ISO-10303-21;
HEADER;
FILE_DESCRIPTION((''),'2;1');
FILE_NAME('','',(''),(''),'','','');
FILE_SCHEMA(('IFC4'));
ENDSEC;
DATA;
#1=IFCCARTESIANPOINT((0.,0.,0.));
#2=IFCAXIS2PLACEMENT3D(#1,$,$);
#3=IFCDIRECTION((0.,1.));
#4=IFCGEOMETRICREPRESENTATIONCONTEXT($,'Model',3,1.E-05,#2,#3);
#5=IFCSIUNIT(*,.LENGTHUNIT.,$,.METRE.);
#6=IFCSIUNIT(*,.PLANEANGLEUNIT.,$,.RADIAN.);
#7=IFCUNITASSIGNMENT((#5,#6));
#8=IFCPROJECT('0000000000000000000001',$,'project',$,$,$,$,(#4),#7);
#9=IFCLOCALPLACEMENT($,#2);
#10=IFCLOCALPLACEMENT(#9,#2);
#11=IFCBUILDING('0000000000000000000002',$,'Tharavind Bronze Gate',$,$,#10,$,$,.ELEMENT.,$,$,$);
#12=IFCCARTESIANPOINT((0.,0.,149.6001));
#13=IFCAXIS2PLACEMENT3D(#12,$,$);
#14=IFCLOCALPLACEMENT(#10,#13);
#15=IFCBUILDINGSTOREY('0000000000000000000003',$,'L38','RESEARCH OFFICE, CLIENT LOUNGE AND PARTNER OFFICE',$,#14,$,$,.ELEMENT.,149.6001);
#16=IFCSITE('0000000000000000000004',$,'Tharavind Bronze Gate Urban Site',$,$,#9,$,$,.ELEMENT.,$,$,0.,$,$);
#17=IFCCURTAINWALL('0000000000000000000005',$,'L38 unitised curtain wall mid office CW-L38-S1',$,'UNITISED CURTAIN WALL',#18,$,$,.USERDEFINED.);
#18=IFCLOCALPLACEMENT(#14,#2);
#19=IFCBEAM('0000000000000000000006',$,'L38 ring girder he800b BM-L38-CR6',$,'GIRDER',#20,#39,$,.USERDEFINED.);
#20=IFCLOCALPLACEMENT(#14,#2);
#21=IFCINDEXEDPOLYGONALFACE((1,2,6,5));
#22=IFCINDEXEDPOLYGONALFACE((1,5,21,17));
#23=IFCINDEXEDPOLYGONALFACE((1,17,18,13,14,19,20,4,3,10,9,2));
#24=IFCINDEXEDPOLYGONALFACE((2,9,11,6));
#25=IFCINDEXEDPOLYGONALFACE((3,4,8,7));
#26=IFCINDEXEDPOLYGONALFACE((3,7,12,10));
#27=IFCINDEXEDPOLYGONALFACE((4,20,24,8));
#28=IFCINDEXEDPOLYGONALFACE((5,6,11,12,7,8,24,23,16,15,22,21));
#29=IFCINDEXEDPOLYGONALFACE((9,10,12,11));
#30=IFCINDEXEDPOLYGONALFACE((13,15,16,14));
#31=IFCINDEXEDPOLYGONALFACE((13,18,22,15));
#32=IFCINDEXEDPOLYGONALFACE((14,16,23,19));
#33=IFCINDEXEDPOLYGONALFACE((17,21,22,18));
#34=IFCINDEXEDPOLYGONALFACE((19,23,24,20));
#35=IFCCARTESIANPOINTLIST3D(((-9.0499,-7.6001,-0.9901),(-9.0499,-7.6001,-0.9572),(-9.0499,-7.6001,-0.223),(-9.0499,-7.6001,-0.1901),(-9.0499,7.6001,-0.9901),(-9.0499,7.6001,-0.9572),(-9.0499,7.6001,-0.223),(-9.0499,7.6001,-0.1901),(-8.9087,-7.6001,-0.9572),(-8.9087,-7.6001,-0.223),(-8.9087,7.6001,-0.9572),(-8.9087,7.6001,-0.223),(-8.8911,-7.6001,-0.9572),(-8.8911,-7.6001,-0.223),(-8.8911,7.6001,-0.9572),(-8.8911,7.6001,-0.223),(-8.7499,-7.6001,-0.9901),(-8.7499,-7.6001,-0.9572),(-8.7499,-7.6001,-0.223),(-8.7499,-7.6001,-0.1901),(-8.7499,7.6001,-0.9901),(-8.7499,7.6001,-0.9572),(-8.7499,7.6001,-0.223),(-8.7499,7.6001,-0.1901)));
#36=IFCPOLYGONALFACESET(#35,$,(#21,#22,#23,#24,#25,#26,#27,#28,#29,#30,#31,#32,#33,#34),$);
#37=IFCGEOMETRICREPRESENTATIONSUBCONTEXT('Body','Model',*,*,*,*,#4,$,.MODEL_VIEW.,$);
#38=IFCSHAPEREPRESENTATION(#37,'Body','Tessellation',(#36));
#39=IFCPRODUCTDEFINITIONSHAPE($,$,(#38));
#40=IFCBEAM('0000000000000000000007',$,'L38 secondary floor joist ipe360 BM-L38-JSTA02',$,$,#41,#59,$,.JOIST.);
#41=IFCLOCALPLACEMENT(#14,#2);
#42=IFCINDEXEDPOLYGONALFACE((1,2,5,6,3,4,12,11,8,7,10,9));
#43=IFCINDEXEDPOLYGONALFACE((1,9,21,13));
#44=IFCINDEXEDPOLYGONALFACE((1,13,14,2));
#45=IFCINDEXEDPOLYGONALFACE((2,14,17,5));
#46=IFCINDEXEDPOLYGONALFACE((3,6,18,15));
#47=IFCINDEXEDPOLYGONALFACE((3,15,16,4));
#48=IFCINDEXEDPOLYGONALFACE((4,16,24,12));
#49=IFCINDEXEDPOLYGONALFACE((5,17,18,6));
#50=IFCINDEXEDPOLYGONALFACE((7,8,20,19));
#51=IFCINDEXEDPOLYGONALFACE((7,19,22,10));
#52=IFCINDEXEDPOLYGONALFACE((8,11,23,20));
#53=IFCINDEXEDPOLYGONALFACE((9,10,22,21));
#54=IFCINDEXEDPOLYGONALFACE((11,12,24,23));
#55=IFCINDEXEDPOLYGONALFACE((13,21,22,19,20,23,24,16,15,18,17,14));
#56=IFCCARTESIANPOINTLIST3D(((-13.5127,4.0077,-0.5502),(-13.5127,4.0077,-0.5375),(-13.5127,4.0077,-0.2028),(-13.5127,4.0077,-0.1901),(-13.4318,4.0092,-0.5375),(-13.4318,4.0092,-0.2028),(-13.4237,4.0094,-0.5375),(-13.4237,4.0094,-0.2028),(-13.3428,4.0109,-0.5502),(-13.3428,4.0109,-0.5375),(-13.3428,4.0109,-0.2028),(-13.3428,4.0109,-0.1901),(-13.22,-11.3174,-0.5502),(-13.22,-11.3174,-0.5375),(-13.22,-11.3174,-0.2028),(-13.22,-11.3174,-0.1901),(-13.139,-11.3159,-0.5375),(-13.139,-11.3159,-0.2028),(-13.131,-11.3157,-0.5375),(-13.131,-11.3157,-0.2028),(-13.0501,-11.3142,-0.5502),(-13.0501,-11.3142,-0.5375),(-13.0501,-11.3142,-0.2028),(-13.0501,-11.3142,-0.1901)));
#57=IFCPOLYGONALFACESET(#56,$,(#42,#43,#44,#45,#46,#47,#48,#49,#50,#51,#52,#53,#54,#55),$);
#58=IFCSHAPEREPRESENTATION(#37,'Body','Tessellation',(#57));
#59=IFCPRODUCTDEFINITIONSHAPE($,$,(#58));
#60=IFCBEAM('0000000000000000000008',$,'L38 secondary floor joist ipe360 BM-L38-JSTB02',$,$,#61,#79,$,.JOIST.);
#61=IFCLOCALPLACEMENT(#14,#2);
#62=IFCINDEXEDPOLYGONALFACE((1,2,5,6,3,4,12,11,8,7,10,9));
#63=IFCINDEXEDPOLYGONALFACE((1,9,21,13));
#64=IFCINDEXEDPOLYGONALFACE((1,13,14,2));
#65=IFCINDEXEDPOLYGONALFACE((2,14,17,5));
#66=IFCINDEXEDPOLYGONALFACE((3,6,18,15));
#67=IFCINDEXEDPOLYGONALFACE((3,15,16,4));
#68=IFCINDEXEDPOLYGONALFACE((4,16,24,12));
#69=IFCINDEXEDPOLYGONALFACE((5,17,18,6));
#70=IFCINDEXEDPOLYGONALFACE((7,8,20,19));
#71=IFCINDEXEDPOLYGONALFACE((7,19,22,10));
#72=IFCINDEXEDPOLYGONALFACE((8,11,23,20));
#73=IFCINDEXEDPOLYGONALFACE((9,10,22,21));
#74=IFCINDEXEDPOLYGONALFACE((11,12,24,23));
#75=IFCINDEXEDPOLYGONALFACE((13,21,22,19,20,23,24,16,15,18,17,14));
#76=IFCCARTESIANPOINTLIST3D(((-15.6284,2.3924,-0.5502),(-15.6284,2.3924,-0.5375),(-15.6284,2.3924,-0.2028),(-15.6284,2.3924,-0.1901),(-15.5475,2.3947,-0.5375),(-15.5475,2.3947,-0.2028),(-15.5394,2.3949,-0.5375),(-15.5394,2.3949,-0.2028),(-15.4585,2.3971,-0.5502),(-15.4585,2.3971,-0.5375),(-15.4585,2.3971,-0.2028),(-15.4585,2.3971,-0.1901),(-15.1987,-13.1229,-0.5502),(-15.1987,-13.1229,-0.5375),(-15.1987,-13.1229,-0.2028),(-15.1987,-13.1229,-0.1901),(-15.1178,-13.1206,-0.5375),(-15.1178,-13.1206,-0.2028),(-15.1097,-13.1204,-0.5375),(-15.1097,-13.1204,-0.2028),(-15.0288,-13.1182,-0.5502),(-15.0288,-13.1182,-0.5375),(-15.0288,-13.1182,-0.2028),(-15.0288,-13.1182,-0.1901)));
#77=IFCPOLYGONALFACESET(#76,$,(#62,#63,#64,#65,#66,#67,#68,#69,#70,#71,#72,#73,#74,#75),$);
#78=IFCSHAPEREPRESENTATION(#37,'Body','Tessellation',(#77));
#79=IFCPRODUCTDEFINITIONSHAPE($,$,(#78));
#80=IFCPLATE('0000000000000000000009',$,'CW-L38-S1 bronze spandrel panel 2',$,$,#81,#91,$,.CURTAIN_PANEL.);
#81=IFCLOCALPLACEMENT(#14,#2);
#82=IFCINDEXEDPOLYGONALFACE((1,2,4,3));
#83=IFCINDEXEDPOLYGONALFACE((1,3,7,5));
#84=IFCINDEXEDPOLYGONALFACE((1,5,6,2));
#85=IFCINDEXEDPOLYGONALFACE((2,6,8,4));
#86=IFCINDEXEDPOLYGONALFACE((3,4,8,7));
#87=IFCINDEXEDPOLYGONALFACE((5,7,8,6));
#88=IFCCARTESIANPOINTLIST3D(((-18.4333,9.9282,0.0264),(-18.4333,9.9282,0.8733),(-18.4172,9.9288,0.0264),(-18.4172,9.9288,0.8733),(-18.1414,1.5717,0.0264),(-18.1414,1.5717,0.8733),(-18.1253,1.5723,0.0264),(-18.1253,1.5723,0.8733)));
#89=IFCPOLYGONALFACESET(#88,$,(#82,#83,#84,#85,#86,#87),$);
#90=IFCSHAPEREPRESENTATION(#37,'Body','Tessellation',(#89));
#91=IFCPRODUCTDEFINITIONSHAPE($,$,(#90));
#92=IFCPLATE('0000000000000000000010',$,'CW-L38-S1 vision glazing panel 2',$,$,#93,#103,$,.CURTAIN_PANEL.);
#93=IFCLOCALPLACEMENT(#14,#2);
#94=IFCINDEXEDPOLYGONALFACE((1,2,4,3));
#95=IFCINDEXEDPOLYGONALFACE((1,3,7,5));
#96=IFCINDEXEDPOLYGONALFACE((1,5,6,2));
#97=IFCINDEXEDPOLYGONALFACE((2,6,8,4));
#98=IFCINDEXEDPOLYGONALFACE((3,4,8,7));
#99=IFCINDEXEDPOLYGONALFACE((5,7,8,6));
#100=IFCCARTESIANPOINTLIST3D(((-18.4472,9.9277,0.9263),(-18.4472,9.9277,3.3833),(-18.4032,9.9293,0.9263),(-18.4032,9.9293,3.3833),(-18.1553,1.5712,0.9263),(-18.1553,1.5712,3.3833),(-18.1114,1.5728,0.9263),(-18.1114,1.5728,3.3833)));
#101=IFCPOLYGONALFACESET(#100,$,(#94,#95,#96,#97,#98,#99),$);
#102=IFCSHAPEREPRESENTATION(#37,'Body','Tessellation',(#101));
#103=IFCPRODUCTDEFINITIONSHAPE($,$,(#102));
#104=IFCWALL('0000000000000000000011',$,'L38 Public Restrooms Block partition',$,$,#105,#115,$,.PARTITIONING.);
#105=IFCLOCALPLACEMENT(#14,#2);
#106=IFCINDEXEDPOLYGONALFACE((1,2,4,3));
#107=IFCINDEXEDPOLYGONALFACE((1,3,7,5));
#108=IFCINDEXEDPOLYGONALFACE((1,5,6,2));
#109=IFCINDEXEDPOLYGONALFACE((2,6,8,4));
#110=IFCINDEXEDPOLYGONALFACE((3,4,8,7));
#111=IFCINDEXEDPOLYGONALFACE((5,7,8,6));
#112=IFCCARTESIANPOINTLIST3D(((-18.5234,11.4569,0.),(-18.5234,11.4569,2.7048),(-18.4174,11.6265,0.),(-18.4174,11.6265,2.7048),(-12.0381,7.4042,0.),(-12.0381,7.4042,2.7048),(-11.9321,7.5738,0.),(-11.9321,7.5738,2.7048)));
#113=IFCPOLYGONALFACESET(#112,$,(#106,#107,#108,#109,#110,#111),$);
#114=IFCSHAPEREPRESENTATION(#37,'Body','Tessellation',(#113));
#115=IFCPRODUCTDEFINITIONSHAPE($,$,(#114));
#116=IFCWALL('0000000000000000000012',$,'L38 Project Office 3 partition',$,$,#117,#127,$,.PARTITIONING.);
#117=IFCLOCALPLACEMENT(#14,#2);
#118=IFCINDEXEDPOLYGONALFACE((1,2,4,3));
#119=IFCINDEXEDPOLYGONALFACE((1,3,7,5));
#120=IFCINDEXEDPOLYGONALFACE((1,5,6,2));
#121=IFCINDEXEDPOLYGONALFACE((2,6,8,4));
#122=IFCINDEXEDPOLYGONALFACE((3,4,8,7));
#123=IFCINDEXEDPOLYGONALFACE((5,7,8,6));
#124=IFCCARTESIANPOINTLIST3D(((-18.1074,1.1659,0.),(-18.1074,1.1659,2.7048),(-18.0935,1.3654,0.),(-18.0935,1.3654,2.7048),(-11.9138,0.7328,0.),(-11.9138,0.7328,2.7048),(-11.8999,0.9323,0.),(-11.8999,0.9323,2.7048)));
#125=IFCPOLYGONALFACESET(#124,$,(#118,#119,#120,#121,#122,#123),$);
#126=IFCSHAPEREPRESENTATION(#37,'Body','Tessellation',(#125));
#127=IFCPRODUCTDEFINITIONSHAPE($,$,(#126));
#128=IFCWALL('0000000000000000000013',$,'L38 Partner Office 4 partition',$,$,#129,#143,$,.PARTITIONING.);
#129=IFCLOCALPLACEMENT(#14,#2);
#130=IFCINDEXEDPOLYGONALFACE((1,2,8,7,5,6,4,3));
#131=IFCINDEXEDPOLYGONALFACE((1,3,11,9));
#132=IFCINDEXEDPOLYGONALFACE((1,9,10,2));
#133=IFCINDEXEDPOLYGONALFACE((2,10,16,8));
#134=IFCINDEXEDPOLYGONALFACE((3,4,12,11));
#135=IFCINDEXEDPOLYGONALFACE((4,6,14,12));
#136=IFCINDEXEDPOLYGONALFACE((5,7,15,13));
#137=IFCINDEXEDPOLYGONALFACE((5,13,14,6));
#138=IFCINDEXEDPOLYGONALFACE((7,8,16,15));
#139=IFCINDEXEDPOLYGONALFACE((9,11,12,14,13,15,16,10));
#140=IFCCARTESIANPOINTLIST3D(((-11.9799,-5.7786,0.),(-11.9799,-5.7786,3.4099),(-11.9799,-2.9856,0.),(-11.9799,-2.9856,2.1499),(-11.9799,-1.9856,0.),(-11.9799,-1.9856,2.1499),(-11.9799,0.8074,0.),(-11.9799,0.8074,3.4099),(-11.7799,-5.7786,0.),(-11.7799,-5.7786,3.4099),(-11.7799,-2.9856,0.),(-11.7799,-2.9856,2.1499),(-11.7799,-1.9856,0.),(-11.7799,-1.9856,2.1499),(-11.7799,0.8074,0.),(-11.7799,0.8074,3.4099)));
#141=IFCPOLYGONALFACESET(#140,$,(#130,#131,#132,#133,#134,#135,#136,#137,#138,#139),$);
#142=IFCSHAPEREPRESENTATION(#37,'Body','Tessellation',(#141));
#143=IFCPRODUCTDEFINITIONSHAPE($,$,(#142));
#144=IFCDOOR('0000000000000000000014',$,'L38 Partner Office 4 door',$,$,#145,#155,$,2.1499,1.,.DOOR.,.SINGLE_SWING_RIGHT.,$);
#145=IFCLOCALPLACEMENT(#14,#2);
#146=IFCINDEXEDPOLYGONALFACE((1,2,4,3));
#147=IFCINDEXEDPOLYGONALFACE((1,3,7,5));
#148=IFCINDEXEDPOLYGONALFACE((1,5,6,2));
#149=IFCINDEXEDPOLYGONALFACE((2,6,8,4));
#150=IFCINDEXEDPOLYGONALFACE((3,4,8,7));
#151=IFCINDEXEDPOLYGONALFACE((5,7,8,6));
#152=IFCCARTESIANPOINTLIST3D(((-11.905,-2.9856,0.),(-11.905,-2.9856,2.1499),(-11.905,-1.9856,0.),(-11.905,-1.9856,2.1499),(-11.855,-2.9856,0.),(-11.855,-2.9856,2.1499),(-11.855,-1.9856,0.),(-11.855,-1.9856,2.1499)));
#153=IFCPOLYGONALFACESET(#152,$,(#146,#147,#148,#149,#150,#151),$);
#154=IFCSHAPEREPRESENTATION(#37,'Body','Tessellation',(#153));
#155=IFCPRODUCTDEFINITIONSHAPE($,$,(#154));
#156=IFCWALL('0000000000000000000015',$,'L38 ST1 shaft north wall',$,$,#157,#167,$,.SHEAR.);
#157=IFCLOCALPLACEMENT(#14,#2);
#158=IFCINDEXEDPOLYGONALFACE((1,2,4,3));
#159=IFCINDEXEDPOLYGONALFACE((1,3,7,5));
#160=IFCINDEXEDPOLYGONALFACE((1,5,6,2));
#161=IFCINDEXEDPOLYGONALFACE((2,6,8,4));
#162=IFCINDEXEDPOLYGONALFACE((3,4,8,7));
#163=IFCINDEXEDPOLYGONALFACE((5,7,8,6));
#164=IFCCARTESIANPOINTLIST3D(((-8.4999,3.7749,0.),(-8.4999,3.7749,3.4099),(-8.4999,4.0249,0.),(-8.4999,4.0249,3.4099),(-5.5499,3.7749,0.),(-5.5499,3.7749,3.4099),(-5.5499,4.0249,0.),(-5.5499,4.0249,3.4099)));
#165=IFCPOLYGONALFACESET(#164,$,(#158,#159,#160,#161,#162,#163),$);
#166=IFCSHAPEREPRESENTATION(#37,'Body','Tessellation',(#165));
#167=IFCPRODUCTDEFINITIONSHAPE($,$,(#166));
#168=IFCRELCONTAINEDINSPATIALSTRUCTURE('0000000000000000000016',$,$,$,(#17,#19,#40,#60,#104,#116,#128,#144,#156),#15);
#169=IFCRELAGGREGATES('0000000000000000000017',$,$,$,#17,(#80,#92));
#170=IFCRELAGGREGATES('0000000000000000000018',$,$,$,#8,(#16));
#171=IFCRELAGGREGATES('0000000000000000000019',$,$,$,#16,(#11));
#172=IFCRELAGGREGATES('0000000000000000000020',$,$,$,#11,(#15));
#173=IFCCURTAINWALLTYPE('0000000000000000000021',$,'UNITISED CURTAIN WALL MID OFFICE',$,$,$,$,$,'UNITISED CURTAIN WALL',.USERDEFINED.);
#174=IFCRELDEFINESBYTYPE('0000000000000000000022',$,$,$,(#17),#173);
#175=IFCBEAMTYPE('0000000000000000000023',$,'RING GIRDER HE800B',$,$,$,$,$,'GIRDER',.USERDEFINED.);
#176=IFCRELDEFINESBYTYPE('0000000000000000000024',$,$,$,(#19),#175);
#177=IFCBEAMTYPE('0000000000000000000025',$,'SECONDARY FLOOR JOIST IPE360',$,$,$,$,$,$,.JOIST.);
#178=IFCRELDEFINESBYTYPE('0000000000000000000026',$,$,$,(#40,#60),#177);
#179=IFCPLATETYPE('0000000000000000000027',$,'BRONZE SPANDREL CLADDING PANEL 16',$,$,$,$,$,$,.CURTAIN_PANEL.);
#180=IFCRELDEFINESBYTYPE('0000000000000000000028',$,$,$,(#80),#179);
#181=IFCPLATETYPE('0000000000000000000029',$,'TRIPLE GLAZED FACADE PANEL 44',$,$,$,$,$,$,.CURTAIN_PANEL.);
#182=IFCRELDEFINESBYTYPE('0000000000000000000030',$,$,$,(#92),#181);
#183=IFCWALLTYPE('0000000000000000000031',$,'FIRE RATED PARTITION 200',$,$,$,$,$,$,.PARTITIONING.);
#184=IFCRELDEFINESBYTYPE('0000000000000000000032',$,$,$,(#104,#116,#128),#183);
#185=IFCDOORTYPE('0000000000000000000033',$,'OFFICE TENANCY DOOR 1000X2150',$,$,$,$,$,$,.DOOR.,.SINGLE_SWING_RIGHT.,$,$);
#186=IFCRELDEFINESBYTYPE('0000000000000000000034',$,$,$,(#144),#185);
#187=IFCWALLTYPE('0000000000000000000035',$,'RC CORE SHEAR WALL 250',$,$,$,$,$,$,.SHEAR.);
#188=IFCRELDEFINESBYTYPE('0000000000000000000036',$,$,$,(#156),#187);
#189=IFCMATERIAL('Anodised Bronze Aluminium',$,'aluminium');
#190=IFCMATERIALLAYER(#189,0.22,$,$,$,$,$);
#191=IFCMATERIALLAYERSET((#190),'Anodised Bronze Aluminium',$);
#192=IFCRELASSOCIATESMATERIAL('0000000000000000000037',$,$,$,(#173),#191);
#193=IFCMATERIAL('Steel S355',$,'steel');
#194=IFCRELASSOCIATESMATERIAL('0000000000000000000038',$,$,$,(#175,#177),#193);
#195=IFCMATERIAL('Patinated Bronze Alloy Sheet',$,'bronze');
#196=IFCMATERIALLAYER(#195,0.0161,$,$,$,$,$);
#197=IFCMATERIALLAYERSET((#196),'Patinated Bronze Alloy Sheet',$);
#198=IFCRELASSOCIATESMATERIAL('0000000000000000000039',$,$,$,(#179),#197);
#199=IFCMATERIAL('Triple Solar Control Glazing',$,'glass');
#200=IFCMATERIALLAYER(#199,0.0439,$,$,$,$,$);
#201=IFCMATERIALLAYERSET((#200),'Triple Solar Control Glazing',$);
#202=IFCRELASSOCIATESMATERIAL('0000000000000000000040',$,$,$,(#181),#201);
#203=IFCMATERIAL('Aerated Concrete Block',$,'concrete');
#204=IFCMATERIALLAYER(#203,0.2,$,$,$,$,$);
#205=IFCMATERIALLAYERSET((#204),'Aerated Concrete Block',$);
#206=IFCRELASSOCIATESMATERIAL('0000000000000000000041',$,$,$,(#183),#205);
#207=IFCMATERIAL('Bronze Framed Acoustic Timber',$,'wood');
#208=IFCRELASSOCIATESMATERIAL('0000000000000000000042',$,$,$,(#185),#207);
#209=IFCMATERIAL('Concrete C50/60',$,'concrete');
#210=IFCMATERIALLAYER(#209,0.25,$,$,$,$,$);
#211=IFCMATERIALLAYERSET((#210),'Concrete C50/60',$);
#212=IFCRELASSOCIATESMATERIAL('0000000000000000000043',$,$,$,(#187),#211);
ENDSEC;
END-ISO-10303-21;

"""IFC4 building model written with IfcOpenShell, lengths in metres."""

from ifc_helpers import new_model, si_unit, direction, frame, frame_2d, origin, origin_2d, place, context, subcontext, project, spatial, rectangle, i_section, extrude, material, layer, layer_set, material_profile, profile_set, type_object, element, fill, aggregate, save


model = new_model("IFC4")

# Units and contexts
model_context = context("Model", 3, precision=1e-05, world=origin(), true_north=direction((0.0, 1.0)))
body_context = subcontext(model_context, "Body", "Model", "MODEL_VIEW")
ifc_project = project(units=[si_unit("LENGTHUNIT", "METRE"), si_unit("PLANEANGLEUNIT", "RADIAN")], contexts=[model_context])

# Site, building, storey
site_placement = place(None, origin())
site = spatial("IfcSite", under=ifc_project, at=site_placement, Name="Tharavind Bronze Gate Urban Site", CompositionType="ELEMENT", RefElevation=0.0)
building_placement = place(site_placement, origin())
building = spatial("IfcBuilding", under=site, at=building_placement, Name="Tharavind Bronze Gate", CompositionType="ELEMENT")
storey_placement = place(building_placement, frame((0.0, 0.0, 149.6001)))
storey = spatial("IfcBuildingStorey", under=building, at=storey_placement, Name="L38", Description="RESEARCH OFFICE, CLIENT LOUNGE AND PARTNER OFFICE", CompositionType="ELEMENT", Elevation=149.6001)

# Curtain wall
ifc_material_1 = material(Name="Anodised Bronze Aluminium", Category="aluminium")
ifc_layer_1 = layer(ifc_material_1, 0.22)
ifc_layer_set_1 = layer_set([ifc_layer_1], Name="Anodised Bronze Aluminium")
curtain_wall_type = type_object("IfcCurtainWallType", Name="UNITISED CURTAIN WALL MID OFFICE", ElementType="UNITISED CURTAIN WALL", PredefinedType="USERDEFINED", material=ifc_layer_set_1)
curtain_wall_placement = place(storey_placement, origin())
curtain_wall = element("IfcCurtainWall", 1, at=curtain_wall_placement, inside=storey, type_object=curtain_wall_type, Name="L38 unitised curtain wall mid office CW-L38-S1", ObjectType="UNITISED CURTAIN WALL", PredefinedType="USERDEFINED")

# Beams
ifc_material_2 = material(Name="Steel S355", Category="steel")
ifc_material_profile_1 = material_profile(ifc_material_2, i_section(OverallWidth=0.3, OverallDepth=0.8, WebThickness=0.0176, FlangeThickness=0.033, at=origin_2d()), Name="HE800B")
ifc_profile_set_1 = profile_set([ifc_material_profile_1], Name="Steel S355")
beam_type_1 = type_object("IfcBeamType", Name="RING GIRDER HE800B", ElementType="GIRDER", PredefinedType="USERDEFINED", material=ifc_profile_set_1)
beam_1_placement = place(storey_placement, frame((-8.8999, 7.6001, -0.5901), z_axis=(0.0, -1.0, 0.0), x_axis=(1.0, 0.0, 0.0)))
element("IfcBeam", 2, at=beam_1_placement, inside=storey, type_object=beam_type_1, Name="L38 ring girder he800b BM-L38-CR6", ObjectType="GIRDER", PredefinedType="USERDEFINED", context=body_context, shape_type="SweptSolid", body=[
    extrude(i_section(OverallWidth=0.3, OverallDepth=0.8, WebThickness=0.0176, FlangeThickness=0.033, at=origin_2d()), origin(), (0.0, 0.0, 1.0), 15.2002),
])
ifc_material_profile_2 = material_profile(ifc_material_2, i_section(OverallWidth=0.1699, OverallDepth=0.3601, WebThickness=0.0081, FlangeThickness=0.0127, at=origin_2d()), Name="IPE360")
ifc_profile_set_2 = profile_set([ifc_material_profile_2], Name="Steel S355")
beam_type_2 = type_object("IfcBeamType", Name="SECONDARY FLOOR JOIST IPE360", PredefinedType="JOIST", material=ifc_profile_set_2)
beam_2_placement = place(storey_placement, frame((-13.4277, 4.0093, -0.3701), z_axis=(0.019097, -0.999818, 0.0), x_axis=(0.999818, 0.019097, 0.0)))
element("IfcBeam", 3, at=beam_2_placement, inside=storey, type_object=beam_type_2, Name="L38 secondary floor joist ipe360 BM-L38-JSTA02", PredefinedType="JOIST", context=body_context, shape_type="SweptSolid", body=[
    extrude(i_section(OverallWidth=0.1699, OverallDepth=0.3601, WebThickness=0.0081, FlangeThickness=0.0127, at=origin_2d()), origin(), (0.0, 0.0, 1.0), 15.3279),
])
beam_3_placement = place(storey_placement, frame((-15.5435, 2.3948, -0.3701), z_axis=(0.027684, -0.999617, 0.0), x_axis=(0.999617, 0.027684, 0.0)))
element("IfcBeam", 4, at=beam_3_placement, inside=storey, type_object=beam_type_2, Name="L38 secondary floor joist ipe360 BM-L38-JSTB02", PredefinedType="JOIST", context=body_context, shape_type="SweptSolid", body=[
    extrude(i_section(OverallWidth=0.1699, OverallDepth=0.3601, WebThickness=0.0081, FlangeThickness=0.0127, at=origin_2d()), origin(), (0.0, 0.0, 1.0), 15.5212),
])

# Plates
ifc_material_3 = material(Name="Patinated Bronze Alloy Sheet", Category="bronze")
ifc_layer_2 = layer(ifc_material_3, 0.0161)
ifc_layer_set_2 = layer_set([ifc_layer_2], Name="Patinated Bronze Alloy Sheet")
plate_type_1 = type_object("IfcPlateType", Name="BRONZE SPANDREL CLADDING PANEL 16", PredefinedType="CURTAIN_PANEL", material=ifc_layer_set_2)
plate_1_placement = place(storey_placement, frame((-18.2793, 5.7502, 0.0264), z_axis=(0.0, 0.0, 1.0), x_axis=(0.034899, -0.999391, 0.0)))
plate_1 = element("IfcPlate", 5, at=plate_1_placement, type_object=plate_type_1, Name="CW-L38-S1 bronze spandrel panel 2", PredefinedType="CURTAIN_PANEL", context=body_context, shape_type="SweptSolid", body=[
    extrude(rectangle(XDim=8.3616, YDim=0.0161, at=origin_2d()), origin(), (0.0, 0.0, 1.0), 0.8469),
])
ifc_material_4 = material(Name="Triple Solar Control Glazing", Category="glass")
ifc_layer_3 = layer(ifc_material_4, 0.0439)
ifc_layer_set_3 = layer_set([ifc_layer_3], Name="Triple Solar Control Glazing")
plate_type_2 = type_object("IfcPlateType", Name="TRIPLE GLAZED FACADE PANEL 44", PredefinedType="CURTAIN_PANEL", material=ifc_layer_set_3)
plate_2_placement = place(storey_placement, frame((-18.2793, 5.7502, 0.9263), z_axis=(0.0, 0.0, 1.0), x_axis=(0.034899, -0.999391, 0.0)))
plate_2 = element("IfcPlate", 6, at=plate_2_placement, type_object=plate_type_2, Name="CW-L38-S1 vision glazing panel 2", PredefinedType="CURTAIN_PANEL", context=body_context, shape_type="SweptSolid", body=[
    extrude(rectangle(XDim=8.3616, YDim=0.0439, at=origin_2d()), origin(), (0.0, 0.0, 1.0), 2.457),
])
aggregate(curtain_wall, [plate_1, plate_2])

# Wall
ifc_material_5 = material(Name="Aerated Concrete Block", Category="concrete")
ifc_layer_4 = layer(ifc_material_5, 0.2)
ifc_layer_set_4 = layer_set([ifc_layer_4], Name="Aerated Concrete Block")
wall_type_1 = type_object("IfcWallType", Name="FIRE RATED PARTITION 200", PredefinedType="PARTITIONING", material=ifc_layer_set_4)
wall_1_placement = place(storey_placement, frame((-11.9851, 7.489, 0.0), z_axis=(0.0, 0.0, 1.0), x_axis=(-0.848034, 0.529942, 0.0)))
element("IfcWall", 7, at=wall_1_placement, inside=storey, type_object=wall_type_1, Name="L38 Public Restrooms Block partition", PredefinedType="PARTITIONING", context=body_context, shape_type="SweptSolid", body=[
    extrude(rectangle(XDim=7.6475, YDim=0.2, at=frame_2d((3.8237, 0.0))), origin(), (0.0, 0.0, 1.0), 2.7048),
])

# Shared definitions
ifc_material_6 = material(Name="Bronze Framed Acoustic Timber", Category="wood")
door_type = type_object("IfcDoorType", Name="OFFICE TENANCY DOOR 1000X2150", OperationType="SINGLE_SWING_RIGHT", PredefinedType="DOOR", material=ifc_material_6)

# Wall
wall_2_placement = place(storey_placement, frame((-11.9067, 0.8325, 0.0), z_axis=(0.0, 0.0, 1.0), x_axis=(-0.997564, 0.069758, 0.0)))
element("IfcWall", 8, at=wall_2_placement, inside=storey, type_object=wall_type_1, Name="L38 Project Office 3 partition", PredefinedType="PARTITIONING", context=body_context, shape_type="SweptSolid", body=[
    extrude(rectangle(XDim=6.2087, YDim=0.2, at=frame_2d((3.1045, 0.0))), origin(), (0.0, 0.0, 1.0), 2.7048),
])

# Wall, opening, door
wall_3_placement = place(storey_placement, frame((-11.8799, 0.8074, 0.0), z_axis=(0.0, 0.0, 1.0), x_axis=(0.0, -1.0, 0.0)))
wall_3 = element("IfcWall", 9, at=wall_3_placement, inside=storey, type_object=wall_type_1, Name="L38 Partner Office 4 partition", PredefinedType="PARTITIONING", context=body_context, shape_type="SweptSolid", body=[
    extrude(rectangle(XDim=6.5859, YDim=0.2, at=frame_2d((3.293, 0.0))), origin(), (0.0, 0.0, 1.0), 3.4099),
])
opening_1_placement = place(wall_3_placement, frame((2.793, 0.0, 0.0)))
opening_1 = element("IfcOpeningElement", 10, at=opening_1_placement, cuts=wall_3, PredefinedType="OPENING", context=body_context, shape_type="SweptSolid", body=[
    extrude(rectangle(XDim=1.0, YDim=2.1499, at=frame_2d((0.5, 1.075))), frame((0.0, 0.1101, 0.0), z_axis=(0.0, -1.0, 0.0), x_axis=(1.0, 0.0, 0.0)), (0.0, 0.0, 1.0), 0.22),
])
door_1_placement = place(opening_1_placement, origin())
door_1 = element("IfcDoor", 11, at=door_1_placement, inside=storey, type_object=door_type, Name="L38 Partner Office 4 door", OperationType="SINGLE_SWING_RIGHT", OverallHeight=2.1499, OverallWidth=1.0, PredefinedType="DOOR", context=body_context, shape_type="SweptSolid", body=[
    extrude(rectangle(XDim=1.0, YDim=2.1499, at=frame_2d((0.5, 1.075))), frame((0.0, 0.0249, 0.0), z_axis=(0.0, -1.0, 0.0), x_axis=(1.0, 0.0, 0.0)), (0.0, 0.0, 1.0), 0.05),
])
fill(opening_1, door_1)

# Wall
ifc_material_7 = material(Name="Concrete C50/60", Category="concrete")
ifc_layer_5 = layer(ifc_material_7, 0.25)
ifc_layer_set_5 = layer_set([ifc_layer_5], Name="Concrete C50/60")
wall_type_2 = type_object("IfcWallType", Name="RC CORE SHEAR WALL 250", PredefinedType="SHEAR", material=ifc_layer_set_5)
wall_4_placement = place(storey_placement, frame((-8.5, 3.8999, 0.0), z_axis=(0.0, 0.0, 1.0), x_axis=(1.0, 0.0, 0.0)))
element("IfcWall", 12, at=wall_4_placement, inside=storey, type_object=wall_type_2, Name="L38 ST1 shaft north wall", PredefinedType="SHEAR", context=body_context, shape_type="SweptSolid", body=[
    extrude(rectangle(XDim=2.95, YDim=0.25, at=frame_2d((1.4751, 0.0))), origin(), (0.0, 0.0, 1.0), 3.4099),
])

save(model, "model.ifc")
